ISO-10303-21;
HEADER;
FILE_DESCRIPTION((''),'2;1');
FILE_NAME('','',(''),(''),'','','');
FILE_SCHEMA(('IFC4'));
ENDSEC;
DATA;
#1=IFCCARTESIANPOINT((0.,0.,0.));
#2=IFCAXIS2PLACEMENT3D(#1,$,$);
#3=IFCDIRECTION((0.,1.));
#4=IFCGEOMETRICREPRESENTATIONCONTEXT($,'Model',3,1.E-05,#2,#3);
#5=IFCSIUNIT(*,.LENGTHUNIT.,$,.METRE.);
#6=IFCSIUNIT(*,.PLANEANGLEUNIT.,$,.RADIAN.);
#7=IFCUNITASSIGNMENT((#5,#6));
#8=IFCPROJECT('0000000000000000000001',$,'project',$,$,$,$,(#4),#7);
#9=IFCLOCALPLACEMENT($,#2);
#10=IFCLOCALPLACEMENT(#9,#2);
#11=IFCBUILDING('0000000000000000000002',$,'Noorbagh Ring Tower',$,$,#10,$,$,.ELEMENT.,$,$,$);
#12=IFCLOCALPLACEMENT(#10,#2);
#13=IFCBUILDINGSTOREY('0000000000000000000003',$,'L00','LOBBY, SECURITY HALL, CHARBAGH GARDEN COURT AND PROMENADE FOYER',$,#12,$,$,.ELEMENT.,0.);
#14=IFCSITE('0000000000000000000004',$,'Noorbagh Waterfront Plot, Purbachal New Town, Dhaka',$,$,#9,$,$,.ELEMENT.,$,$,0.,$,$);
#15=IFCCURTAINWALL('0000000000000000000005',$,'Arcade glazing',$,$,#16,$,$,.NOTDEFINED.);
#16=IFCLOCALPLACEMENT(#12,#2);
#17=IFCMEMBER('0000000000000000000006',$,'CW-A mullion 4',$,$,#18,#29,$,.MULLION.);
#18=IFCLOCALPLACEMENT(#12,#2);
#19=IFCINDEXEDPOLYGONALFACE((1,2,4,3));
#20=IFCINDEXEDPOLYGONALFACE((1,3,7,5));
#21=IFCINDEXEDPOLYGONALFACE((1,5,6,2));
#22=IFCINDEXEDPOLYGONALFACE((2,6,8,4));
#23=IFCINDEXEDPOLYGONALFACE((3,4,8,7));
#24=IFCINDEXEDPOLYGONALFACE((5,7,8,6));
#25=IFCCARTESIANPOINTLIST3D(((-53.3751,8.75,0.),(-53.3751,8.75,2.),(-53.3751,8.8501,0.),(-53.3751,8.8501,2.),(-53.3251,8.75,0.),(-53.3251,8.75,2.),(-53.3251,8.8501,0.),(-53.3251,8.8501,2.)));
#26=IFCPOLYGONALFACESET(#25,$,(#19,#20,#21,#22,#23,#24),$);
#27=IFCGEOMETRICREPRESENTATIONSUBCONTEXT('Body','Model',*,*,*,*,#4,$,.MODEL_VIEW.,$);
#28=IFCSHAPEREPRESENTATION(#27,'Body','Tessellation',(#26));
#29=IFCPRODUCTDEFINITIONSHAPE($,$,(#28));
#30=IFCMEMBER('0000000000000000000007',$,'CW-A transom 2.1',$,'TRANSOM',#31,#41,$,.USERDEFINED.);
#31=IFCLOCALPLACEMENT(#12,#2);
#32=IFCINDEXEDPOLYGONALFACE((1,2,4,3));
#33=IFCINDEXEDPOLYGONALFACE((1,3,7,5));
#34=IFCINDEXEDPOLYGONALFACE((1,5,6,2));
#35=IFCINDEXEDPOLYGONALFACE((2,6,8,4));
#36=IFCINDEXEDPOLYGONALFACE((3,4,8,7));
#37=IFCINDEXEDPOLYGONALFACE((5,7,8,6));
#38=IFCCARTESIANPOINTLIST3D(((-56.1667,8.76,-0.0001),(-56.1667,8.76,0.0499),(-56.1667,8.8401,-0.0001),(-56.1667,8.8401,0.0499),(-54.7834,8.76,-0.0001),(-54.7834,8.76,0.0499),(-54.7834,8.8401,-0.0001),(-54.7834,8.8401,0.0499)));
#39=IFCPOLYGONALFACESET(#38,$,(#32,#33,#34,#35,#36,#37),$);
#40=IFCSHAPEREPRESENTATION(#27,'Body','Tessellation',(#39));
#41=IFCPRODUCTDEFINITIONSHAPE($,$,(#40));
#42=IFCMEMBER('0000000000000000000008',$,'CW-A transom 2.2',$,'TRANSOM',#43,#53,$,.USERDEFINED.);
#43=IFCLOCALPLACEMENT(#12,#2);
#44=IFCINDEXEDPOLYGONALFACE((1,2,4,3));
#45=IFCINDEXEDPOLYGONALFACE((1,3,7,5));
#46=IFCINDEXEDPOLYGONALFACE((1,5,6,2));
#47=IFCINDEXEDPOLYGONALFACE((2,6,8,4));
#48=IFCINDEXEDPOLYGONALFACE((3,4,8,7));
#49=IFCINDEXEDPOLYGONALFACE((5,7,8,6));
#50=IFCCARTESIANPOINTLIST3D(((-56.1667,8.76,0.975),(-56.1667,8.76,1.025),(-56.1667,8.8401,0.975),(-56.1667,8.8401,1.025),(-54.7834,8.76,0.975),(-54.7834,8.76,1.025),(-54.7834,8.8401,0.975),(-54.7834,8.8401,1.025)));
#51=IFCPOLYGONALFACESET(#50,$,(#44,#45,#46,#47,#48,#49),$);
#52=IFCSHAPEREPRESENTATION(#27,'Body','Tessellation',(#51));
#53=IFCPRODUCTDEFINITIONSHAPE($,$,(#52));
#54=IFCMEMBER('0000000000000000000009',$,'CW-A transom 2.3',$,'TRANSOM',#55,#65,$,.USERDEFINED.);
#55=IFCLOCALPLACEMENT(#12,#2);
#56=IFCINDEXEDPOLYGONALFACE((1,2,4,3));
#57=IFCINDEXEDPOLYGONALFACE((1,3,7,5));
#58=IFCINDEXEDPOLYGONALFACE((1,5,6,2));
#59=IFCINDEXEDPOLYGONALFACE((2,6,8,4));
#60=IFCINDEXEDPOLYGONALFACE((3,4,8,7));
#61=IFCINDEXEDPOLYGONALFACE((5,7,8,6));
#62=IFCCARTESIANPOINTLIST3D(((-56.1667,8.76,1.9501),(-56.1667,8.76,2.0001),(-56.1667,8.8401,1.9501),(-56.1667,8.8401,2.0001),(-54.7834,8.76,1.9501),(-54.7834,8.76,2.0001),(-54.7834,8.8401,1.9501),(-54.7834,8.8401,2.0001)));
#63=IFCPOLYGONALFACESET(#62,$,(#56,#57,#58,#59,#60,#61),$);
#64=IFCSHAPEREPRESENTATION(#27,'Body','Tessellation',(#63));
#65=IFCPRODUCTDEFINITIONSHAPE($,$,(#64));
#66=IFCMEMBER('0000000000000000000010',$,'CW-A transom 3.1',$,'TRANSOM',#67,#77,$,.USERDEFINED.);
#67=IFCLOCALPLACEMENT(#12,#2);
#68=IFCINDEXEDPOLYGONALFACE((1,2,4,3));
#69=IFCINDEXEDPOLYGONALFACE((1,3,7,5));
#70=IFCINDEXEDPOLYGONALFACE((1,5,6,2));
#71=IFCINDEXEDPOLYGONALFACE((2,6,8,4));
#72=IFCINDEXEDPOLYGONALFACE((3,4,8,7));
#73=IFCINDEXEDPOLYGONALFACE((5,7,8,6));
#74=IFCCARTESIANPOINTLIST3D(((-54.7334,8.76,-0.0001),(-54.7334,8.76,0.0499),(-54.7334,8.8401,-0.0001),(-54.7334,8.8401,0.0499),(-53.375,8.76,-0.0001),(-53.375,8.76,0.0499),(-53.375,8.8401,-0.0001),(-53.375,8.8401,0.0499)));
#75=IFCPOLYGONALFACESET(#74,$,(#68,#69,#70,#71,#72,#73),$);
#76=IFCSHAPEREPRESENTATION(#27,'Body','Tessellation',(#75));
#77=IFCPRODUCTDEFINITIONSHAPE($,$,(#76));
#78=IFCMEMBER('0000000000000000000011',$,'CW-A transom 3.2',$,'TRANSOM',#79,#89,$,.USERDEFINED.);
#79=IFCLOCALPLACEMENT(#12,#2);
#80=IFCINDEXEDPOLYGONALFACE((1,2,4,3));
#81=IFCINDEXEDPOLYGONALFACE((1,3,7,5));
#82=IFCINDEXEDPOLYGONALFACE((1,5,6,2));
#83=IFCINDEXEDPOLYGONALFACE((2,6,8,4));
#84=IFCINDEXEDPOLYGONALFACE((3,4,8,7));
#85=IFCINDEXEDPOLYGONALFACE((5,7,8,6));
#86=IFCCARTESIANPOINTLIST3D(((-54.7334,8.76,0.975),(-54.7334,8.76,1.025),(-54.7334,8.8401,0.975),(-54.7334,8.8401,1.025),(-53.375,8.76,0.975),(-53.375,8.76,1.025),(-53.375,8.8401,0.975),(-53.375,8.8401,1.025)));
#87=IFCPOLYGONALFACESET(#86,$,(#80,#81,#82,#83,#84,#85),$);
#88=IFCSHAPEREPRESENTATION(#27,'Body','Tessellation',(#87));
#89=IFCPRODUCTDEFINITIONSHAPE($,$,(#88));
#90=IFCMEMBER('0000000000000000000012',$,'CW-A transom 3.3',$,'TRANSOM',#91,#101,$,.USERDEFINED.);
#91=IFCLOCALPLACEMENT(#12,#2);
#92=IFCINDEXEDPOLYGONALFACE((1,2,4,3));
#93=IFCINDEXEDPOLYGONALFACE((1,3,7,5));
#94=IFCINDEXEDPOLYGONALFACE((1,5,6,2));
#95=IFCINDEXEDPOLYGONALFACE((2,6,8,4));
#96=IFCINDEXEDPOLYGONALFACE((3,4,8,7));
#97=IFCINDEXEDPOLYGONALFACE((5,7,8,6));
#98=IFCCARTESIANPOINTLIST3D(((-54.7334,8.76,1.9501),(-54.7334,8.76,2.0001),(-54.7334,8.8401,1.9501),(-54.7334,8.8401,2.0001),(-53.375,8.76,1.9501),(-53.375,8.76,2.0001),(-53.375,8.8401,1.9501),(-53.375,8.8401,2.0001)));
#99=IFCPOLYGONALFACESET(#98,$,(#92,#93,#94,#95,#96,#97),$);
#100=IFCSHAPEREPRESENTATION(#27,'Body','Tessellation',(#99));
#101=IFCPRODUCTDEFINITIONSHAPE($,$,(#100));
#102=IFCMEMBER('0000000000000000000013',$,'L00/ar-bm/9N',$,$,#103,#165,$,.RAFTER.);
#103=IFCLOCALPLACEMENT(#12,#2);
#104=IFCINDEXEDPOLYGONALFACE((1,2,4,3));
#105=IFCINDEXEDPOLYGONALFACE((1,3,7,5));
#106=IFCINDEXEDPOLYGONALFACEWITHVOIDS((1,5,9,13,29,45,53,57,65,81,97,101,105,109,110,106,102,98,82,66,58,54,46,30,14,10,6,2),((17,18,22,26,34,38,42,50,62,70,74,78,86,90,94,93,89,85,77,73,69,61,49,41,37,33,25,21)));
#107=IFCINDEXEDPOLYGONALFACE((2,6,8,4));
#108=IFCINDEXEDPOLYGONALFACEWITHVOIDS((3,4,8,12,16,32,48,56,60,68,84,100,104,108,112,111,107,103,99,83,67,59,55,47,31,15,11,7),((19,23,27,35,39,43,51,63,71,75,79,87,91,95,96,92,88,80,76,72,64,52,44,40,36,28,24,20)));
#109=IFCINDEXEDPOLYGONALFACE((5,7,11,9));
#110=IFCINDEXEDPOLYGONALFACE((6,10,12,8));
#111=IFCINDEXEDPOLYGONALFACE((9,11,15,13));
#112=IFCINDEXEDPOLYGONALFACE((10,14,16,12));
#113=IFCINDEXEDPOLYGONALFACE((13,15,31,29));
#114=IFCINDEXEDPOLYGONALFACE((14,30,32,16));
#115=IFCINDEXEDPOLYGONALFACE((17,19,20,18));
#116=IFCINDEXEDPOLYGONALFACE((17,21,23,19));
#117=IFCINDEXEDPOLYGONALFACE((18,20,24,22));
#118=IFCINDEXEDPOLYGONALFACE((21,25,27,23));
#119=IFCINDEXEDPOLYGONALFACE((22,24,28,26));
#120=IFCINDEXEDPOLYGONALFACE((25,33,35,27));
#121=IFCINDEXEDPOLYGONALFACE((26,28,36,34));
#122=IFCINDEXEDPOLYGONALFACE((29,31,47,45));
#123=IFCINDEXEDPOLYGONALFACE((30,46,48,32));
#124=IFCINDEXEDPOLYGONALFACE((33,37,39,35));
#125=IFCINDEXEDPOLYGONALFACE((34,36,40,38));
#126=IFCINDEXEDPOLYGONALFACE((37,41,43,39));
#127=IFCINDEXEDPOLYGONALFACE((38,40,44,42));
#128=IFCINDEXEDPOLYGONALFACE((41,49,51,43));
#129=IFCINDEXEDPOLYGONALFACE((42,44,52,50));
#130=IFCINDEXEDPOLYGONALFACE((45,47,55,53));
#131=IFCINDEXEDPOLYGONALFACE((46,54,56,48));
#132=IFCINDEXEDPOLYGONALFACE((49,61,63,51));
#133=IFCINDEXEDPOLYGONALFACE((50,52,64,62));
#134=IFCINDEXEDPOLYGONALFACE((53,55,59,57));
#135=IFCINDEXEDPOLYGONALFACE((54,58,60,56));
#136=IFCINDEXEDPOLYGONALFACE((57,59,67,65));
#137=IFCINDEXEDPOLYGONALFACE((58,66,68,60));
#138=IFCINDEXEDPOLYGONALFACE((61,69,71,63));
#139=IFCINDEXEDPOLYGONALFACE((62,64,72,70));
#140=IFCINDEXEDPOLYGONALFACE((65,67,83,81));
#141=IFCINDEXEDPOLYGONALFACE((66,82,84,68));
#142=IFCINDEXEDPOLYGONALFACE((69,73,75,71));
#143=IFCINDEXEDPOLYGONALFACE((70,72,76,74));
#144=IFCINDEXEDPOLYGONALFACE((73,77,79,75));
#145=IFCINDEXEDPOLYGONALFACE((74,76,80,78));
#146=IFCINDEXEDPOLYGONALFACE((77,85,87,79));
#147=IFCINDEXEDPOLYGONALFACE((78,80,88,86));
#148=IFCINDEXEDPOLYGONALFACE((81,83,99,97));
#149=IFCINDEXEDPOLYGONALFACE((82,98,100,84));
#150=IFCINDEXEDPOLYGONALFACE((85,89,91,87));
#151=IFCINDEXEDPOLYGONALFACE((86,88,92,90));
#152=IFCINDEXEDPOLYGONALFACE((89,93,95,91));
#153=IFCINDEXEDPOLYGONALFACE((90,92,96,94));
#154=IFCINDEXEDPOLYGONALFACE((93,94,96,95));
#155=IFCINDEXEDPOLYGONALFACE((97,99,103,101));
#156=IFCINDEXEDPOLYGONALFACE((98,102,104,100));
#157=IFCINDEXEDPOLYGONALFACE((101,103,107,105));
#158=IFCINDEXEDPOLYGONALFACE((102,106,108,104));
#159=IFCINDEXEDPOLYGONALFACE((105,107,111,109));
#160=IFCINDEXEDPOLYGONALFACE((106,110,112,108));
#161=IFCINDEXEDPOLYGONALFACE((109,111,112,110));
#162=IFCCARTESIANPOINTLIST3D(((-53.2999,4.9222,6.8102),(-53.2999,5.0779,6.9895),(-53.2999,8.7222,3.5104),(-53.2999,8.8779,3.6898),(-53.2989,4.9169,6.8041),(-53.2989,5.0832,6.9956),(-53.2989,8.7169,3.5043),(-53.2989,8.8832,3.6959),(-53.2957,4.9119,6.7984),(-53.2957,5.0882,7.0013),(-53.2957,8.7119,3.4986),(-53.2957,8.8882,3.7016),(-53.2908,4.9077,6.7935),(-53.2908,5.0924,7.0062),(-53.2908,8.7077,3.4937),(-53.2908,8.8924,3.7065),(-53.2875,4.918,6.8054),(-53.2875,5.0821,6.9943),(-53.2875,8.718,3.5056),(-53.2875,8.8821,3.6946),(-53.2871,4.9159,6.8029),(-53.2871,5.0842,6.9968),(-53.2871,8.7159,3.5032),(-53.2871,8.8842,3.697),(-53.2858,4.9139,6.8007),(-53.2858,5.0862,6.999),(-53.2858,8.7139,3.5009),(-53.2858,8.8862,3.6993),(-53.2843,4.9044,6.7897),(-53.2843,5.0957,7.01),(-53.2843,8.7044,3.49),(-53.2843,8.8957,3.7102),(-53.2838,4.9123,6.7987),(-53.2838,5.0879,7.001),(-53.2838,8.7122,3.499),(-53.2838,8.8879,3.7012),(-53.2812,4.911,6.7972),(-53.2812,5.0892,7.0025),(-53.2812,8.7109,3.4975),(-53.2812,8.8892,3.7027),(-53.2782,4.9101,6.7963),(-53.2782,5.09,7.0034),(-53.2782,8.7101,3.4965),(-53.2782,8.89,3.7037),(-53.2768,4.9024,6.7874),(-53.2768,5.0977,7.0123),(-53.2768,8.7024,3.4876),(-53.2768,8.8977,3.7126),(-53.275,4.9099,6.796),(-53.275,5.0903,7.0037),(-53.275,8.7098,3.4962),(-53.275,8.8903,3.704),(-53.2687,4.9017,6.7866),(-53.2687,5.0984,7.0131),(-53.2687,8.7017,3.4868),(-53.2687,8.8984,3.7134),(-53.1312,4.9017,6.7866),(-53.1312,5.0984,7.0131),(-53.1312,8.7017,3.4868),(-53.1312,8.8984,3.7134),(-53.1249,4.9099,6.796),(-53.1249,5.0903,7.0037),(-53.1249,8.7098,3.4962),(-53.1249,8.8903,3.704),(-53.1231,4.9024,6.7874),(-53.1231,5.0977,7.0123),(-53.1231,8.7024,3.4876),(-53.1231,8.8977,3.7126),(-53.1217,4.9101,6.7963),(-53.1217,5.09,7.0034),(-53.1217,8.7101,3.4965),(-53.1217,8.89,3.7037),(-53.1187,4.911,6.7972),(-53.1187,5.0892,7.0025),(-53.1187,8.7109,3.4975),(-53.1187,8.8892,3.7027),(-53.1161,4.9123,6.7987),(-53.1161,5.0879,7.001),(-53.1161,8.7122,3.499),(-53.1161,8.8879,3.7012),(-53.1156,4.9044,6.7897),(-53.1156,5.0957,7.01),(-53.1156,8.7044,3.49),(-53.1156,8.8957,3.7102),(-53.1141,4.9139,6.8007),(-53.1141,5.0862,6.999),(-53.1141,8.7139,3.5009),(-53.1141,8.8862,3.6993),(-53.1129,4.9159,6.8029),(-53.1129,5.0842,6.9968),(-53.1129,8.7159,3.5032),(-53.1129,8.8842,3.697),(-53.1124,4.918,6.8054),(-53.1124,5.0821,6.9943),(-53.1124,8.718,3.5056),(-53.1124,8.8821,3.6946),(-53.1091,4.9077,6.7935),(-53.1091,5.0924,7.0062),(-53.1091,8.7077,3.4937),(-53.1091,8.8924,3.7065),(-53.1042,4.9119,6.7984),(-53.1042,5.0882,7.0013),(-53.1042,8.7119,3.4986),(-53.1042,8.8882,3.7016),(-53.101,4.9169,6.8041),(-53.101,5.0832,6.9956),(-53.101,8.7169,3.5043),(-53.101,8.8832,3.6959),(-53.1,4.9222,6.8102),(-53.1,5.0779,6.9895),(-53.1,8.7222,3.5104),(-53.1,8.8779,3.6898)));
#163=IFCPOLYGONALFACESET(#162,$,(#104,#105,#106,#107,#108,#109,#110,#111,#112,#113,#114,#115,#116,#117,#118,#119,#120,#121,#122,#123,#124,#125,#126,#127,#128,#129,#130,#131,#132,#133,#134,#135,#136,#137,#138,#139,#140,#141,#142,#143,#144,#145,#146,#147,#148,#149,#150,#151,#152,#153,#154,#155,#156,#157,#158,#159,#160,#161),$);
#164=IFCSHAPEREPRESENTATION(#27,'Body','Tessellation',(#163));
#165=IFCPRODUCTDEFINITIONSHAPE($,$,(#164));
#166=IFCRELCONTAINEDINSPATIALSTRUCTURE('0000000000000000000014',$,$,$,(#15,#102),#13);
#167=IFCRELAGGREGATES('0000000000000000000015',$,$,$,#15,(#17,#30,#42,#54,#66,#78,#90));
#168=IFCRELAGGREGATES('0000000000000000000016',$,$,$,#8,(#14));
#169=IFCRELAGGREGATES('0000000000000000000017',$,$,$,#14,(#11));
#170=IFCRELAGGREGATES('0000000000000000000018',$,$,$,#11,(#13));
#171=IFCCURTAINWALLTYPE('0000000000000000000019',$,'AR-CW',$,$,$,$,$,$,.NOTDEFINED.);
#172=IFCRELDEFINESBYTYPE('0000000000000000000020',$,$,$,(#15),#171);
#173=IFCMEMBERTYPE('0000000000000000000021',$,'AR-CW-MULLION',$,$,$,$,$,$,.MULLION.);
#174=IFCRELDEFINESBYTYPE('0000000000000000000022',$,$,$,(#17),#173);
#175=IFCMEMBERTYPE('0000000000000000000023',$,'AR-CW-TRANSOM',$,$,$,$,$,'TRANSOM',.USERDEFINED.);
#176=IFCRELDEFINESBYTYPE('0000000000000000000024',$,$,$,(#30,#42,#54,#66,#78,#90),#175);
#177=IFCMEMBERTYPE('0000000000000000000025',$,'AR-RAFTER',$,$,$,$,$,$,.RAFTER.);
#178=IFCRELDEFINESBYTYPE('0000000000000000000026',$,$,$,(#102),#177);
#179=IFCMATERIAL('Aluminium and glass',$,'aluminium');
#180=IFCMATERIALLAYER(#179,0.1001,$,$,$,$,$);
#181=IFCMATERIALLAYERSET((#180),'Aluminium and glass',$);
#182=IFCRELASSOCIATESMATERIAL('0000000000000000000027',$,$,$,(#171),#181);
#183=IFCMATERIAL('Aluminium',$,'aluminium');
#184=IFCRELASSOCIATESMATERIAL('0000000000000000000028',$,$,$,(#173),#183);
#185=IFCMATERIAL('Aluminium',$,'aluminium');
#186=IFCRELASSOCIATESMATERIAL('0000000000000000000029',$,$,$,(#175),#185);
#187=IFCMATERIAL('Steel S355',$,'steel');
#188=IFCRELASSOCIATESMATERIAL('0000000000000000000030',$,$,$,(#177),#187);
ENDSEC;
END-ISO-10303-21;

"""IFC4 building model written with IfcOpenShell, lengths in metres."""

from ifc_helpers import new_model, si_unit, direction, frame, origin, origin_2d, place, context, subcontext, project, spatial, rectangle, hollow_rectangle, extrude, material, layer, layer_set, material_profile, profile_set, type_object, element, aggregate, save


model = new_model("IFC4")

# Units and contexts
model_context = context("Model", 3, precision=1e-05, world=origin(), true_north=direction((0.0, 1.0)))
body_context = subcontext(model_context, "Body", "Model", "MODEL_VIEW")
ifc_project = project(units=[si_unit("LENGTHUNIT", "METRE"), si_unit("PLANEANGLEUNIT", "RADIAN")], contexts=[model_context])

# Site, building, storey
site_placement = place(None, origin())
site = spatial("IfcSite", under=ifc_project, at=site_placement, Name="Noorbagh Waterfront Plot, Purbachal New Town, Dhaka", CompositionType="ELEMENT", RefElevation=0.0)
building_placement = place(site_placement, origin())
building = spatial("IfcBuilding", under=site, at=building_placement, Name="Noorbagh Ring Tower", CompositionType="ELEMENT")
storey_placement = place(building_placement, origin())
storey = spatial("IfcBuildingStorey", under=building, at=storey_placement, Name="L00", Description="LOBBY, SECURITY HALL, CHARBAGH GARDEN COURT AND PROMENADE FOYER", CompositionType="ELEMENT", Elevation=0.0)

# Curtain wall, members
ifc_material_1 = material(Name="Aluminium and glass", Category="aluminium")
ifc_layer_1 = layer(ifc_material_1, 0.1001)
ifc_layer_set_1 = layer_set([ifc_layer_1], Name="Aluminium and glass")
curtain_wall_type = type_object("IfcCurtainWallType", Name="AR-CW", PredefinedType="NOTDEFINED", material=ifc_layer_set_1)
curtain_wall_placement = place(storey_placement, origin())
curtain_wall = element("IfcCurtainWall", 1, at=curtain_wall_placement, inside=storey, type_object=curtain_wall_type, Name="Arcade glazing", PredefinedType="NOTDEFINED")
ifc_material_2 = material(Name="Aluminium", Category="aluminium")
ifc_material_profile_1 = material_profile(ifc_material_2, rectangle(XDim=0.1001, YDim=0.05, at=origin_2d()), Name="AL 100x50")
ifc_profile_set_1 = profile_set([ifc_material_profile_1], Name="Aluminium")
member_type_1 = type_object("IfcMemberType", Name="AR-CW-MULLION", PredefinedType="MULLION", material=ifc_profile_set_1)
member_1_placement = place(storey_placement, frame((-53.3501, 8.8, 0.0), z_axis=(0.0, 0.0, 1.0), x_axis=(0.0, 1.0, 0.0)))
member_1 = element("IfcMember", 2, at=member_1_placement, type_object=member_type_1, Name="CW-A mullion 4", PredefinedType="MULLION", context=body_context, shape_type="SweptSolid", body=[
    extrude(rectangle(XDim=0.1001, YDim=0.05, at=origin_2d()), origin(), (0.0, 0.0, 1.0), 2.0),
])
ifc_material_3 = material(Name="Aluminium", Category="aluminium")
ifc_material_profile_2 = material_profile(ifc_material_3, rectangle(XDim=0.0801, YDim=0.05, at=origin_2d()), Name="AL 80x50")
ifc_profile_set_2 = profile_set([ifc_material_profile_2], Name="Aluminium")
member_type_2 = type_object("IfcMemberType", Name="AR-CW-TRANSOM", ElementType="TRANSOM", PredefinedType="USERDEFINED", material=ifc_profile_set_2)
member_2_placement = place(storey_placement, frame((-56.1667, 8.8, 0.0249), z_axis=(1.0, 0.0, 0.0), x_axis=(0.0, 1.0, 0.0)))
member_2 = element("IfcMember", 3, at=member_2_placement, type_object=member_type_2, Name="CW-A transom 2.1", ObjectType="TRANSOM", PredefinedType="USERDEFINED", context=body_context, shape_type="SweptSolid", body=[
    extrude(rectangle(XDim=0.0801, YDim=0.05, at=origin_2d()), origin(), (0.0, 0.0, 1.0), 1.3833),
])
member_3_placement = place(storey_placement, frame((-56.1667, 8.8, 1.0), z_axis=(1.0, 0.0, 0.0), x_axis=(0.0, 1.0, 0.0)))
member_3 = element("IfcMember", 4, at=member_3_placement, type_object=member_type_2, Name="CW-A transom 2.2", ObjectType="TRANSOM", PredefinedType="USERDEFINED", context=body_context, shape_type="SweptSolid", body=[
    extrude(rectangle(XDim=0.0801, YDim=0.05, at=origin_2d()), origin(), (0.0, 0.0, 1.0), 1.3833),
])
member_4_placement = place(storey_placement, frame((-56.1667, 8.8, 1.9751), z_axis=(1.0, 0.0, 0.0), x_axis=(0.0, 1.0, 0.0)))
member_4 = element("IfcMember", 5, at=member_4_placement, type_object=member_type_2, Name="CW-A transom 2.3", ObjectType="TRANSOM", PredefinedType="USERDEFINED", context=body_context, shape_type="SweptSolid", body=[
    extrude(rectangle(XDim=0.0801, YDim=0.05, at=origin_2d()), origin(), (0.0, 0.0, 1.0), 1.3833),
])
member_5_placement = place(storey_placement, frame((-54.7334, 8.8, 0.0249), z_axis=(1.0, 0.0, 0.0), x_axis=(0.0, 1.0, 0.0)))
member_5 = element("IfcMember", 6, at=member_5_placement, type_object=member_type_2, Name="CW-A transom 3.1", ObjectType="TRANSOM", PredefinedType="USERDEFINED", context=body_context, shape_type="SweptSolid", body=[
    extrude(rectangle(XDim=0.0801, YDim=0.05, at=origin_2d()), origin(), (0.0, 0.0, 1.0), 1.3584),
])
member_6_placement = place(storey_placement, frame((-54.7334, 8.8, 1.0), z_axis=(1.0, 0.0, 0.0), x_axis=(0.0, 1.0, 0.0)))
member_6 = element("IfcMember", 7, at=member_6_placement, type_object=member_type_2, Name="CW-A transom 3.2", ObjectType="TRANSOM", PredefinedType="USERDEFINED", context=body_context, shape_type="SweptSolid", body=[
    extrude(rectangle(XDim=0.0801, YDim=0.05, at=origin_2d()), origin(), (0.0, 0.0, 1.0), 1.3584),
])
member_7_placement = place(storey_placement, frame((-54.7334, 8.8, 1.9751), z_axis=(1.0, 0.0, 0.0), x_axis=(0.0, 1.0, 0.0)))
member_7 = element("IfcMember", 8, at=member_7_placement, type_object=member_type_2, Name="CW-A transom 3.3", ObjectType="TRANSOM", PredefinedType="USERDEFINED", context=body_context, shape_type="SweptSolid", body=[
    extrude(rectangle(XDim=0.0801, YDim=0.05, at=origin_2d()), origin(), (0.0, 0.0, 1.0), 1.3584),
])

# Member
ifc_material_4 = material(Name="Steel S355", Category="steel")
ifc_material_profile_3 = material_profile(ifc_material_4, hollow_rectangle(XDim=0.2, YDim=0.3, WallThickness=0.0125, InnerFilletRadius=0.0125, OuterFilletRadius=0.0312, at=origin_2d()), Name="RHS300x200x12.5")
ifc_profile_set_3 = profile_set([ifc_material_profile_3], Name="Steel S355")
member_type_3 = type_object("IfcMemberType", Name="AR-RAFTER", PredefinedType="RAFTER", material=ifc_profile_set_3)
member_8_placement = place(storey_placement, frame((-53.2, 8.8, 3.6001), z_axis=(0.0, -0.755057, 0.65566), x_axis=(1.0, 0.0, 0.0)))
element("IfcMember", 9, at=member_8_placement, inside=storey, type_object=member_type_3, Name="L00/ar-bm/9N", PredefinedType="RAFTER", context=body_context, shape_type="SweptSolid", body=[
    extrude(hollow_rectangle(XDim=0.2, YDim=0.3, WallThickness=0.0125, InnerFilletRadius=0.0125, OuterFilletRadius=0.0312, at=origin_2d()), origin(), (0.0, 0.0, 1.0), 5.0327),
])

aggregate(curtain_wall, [member_1, member_2, member_3, member_4, member_5, member_6, member_7])

save(model, "model.ifc")
